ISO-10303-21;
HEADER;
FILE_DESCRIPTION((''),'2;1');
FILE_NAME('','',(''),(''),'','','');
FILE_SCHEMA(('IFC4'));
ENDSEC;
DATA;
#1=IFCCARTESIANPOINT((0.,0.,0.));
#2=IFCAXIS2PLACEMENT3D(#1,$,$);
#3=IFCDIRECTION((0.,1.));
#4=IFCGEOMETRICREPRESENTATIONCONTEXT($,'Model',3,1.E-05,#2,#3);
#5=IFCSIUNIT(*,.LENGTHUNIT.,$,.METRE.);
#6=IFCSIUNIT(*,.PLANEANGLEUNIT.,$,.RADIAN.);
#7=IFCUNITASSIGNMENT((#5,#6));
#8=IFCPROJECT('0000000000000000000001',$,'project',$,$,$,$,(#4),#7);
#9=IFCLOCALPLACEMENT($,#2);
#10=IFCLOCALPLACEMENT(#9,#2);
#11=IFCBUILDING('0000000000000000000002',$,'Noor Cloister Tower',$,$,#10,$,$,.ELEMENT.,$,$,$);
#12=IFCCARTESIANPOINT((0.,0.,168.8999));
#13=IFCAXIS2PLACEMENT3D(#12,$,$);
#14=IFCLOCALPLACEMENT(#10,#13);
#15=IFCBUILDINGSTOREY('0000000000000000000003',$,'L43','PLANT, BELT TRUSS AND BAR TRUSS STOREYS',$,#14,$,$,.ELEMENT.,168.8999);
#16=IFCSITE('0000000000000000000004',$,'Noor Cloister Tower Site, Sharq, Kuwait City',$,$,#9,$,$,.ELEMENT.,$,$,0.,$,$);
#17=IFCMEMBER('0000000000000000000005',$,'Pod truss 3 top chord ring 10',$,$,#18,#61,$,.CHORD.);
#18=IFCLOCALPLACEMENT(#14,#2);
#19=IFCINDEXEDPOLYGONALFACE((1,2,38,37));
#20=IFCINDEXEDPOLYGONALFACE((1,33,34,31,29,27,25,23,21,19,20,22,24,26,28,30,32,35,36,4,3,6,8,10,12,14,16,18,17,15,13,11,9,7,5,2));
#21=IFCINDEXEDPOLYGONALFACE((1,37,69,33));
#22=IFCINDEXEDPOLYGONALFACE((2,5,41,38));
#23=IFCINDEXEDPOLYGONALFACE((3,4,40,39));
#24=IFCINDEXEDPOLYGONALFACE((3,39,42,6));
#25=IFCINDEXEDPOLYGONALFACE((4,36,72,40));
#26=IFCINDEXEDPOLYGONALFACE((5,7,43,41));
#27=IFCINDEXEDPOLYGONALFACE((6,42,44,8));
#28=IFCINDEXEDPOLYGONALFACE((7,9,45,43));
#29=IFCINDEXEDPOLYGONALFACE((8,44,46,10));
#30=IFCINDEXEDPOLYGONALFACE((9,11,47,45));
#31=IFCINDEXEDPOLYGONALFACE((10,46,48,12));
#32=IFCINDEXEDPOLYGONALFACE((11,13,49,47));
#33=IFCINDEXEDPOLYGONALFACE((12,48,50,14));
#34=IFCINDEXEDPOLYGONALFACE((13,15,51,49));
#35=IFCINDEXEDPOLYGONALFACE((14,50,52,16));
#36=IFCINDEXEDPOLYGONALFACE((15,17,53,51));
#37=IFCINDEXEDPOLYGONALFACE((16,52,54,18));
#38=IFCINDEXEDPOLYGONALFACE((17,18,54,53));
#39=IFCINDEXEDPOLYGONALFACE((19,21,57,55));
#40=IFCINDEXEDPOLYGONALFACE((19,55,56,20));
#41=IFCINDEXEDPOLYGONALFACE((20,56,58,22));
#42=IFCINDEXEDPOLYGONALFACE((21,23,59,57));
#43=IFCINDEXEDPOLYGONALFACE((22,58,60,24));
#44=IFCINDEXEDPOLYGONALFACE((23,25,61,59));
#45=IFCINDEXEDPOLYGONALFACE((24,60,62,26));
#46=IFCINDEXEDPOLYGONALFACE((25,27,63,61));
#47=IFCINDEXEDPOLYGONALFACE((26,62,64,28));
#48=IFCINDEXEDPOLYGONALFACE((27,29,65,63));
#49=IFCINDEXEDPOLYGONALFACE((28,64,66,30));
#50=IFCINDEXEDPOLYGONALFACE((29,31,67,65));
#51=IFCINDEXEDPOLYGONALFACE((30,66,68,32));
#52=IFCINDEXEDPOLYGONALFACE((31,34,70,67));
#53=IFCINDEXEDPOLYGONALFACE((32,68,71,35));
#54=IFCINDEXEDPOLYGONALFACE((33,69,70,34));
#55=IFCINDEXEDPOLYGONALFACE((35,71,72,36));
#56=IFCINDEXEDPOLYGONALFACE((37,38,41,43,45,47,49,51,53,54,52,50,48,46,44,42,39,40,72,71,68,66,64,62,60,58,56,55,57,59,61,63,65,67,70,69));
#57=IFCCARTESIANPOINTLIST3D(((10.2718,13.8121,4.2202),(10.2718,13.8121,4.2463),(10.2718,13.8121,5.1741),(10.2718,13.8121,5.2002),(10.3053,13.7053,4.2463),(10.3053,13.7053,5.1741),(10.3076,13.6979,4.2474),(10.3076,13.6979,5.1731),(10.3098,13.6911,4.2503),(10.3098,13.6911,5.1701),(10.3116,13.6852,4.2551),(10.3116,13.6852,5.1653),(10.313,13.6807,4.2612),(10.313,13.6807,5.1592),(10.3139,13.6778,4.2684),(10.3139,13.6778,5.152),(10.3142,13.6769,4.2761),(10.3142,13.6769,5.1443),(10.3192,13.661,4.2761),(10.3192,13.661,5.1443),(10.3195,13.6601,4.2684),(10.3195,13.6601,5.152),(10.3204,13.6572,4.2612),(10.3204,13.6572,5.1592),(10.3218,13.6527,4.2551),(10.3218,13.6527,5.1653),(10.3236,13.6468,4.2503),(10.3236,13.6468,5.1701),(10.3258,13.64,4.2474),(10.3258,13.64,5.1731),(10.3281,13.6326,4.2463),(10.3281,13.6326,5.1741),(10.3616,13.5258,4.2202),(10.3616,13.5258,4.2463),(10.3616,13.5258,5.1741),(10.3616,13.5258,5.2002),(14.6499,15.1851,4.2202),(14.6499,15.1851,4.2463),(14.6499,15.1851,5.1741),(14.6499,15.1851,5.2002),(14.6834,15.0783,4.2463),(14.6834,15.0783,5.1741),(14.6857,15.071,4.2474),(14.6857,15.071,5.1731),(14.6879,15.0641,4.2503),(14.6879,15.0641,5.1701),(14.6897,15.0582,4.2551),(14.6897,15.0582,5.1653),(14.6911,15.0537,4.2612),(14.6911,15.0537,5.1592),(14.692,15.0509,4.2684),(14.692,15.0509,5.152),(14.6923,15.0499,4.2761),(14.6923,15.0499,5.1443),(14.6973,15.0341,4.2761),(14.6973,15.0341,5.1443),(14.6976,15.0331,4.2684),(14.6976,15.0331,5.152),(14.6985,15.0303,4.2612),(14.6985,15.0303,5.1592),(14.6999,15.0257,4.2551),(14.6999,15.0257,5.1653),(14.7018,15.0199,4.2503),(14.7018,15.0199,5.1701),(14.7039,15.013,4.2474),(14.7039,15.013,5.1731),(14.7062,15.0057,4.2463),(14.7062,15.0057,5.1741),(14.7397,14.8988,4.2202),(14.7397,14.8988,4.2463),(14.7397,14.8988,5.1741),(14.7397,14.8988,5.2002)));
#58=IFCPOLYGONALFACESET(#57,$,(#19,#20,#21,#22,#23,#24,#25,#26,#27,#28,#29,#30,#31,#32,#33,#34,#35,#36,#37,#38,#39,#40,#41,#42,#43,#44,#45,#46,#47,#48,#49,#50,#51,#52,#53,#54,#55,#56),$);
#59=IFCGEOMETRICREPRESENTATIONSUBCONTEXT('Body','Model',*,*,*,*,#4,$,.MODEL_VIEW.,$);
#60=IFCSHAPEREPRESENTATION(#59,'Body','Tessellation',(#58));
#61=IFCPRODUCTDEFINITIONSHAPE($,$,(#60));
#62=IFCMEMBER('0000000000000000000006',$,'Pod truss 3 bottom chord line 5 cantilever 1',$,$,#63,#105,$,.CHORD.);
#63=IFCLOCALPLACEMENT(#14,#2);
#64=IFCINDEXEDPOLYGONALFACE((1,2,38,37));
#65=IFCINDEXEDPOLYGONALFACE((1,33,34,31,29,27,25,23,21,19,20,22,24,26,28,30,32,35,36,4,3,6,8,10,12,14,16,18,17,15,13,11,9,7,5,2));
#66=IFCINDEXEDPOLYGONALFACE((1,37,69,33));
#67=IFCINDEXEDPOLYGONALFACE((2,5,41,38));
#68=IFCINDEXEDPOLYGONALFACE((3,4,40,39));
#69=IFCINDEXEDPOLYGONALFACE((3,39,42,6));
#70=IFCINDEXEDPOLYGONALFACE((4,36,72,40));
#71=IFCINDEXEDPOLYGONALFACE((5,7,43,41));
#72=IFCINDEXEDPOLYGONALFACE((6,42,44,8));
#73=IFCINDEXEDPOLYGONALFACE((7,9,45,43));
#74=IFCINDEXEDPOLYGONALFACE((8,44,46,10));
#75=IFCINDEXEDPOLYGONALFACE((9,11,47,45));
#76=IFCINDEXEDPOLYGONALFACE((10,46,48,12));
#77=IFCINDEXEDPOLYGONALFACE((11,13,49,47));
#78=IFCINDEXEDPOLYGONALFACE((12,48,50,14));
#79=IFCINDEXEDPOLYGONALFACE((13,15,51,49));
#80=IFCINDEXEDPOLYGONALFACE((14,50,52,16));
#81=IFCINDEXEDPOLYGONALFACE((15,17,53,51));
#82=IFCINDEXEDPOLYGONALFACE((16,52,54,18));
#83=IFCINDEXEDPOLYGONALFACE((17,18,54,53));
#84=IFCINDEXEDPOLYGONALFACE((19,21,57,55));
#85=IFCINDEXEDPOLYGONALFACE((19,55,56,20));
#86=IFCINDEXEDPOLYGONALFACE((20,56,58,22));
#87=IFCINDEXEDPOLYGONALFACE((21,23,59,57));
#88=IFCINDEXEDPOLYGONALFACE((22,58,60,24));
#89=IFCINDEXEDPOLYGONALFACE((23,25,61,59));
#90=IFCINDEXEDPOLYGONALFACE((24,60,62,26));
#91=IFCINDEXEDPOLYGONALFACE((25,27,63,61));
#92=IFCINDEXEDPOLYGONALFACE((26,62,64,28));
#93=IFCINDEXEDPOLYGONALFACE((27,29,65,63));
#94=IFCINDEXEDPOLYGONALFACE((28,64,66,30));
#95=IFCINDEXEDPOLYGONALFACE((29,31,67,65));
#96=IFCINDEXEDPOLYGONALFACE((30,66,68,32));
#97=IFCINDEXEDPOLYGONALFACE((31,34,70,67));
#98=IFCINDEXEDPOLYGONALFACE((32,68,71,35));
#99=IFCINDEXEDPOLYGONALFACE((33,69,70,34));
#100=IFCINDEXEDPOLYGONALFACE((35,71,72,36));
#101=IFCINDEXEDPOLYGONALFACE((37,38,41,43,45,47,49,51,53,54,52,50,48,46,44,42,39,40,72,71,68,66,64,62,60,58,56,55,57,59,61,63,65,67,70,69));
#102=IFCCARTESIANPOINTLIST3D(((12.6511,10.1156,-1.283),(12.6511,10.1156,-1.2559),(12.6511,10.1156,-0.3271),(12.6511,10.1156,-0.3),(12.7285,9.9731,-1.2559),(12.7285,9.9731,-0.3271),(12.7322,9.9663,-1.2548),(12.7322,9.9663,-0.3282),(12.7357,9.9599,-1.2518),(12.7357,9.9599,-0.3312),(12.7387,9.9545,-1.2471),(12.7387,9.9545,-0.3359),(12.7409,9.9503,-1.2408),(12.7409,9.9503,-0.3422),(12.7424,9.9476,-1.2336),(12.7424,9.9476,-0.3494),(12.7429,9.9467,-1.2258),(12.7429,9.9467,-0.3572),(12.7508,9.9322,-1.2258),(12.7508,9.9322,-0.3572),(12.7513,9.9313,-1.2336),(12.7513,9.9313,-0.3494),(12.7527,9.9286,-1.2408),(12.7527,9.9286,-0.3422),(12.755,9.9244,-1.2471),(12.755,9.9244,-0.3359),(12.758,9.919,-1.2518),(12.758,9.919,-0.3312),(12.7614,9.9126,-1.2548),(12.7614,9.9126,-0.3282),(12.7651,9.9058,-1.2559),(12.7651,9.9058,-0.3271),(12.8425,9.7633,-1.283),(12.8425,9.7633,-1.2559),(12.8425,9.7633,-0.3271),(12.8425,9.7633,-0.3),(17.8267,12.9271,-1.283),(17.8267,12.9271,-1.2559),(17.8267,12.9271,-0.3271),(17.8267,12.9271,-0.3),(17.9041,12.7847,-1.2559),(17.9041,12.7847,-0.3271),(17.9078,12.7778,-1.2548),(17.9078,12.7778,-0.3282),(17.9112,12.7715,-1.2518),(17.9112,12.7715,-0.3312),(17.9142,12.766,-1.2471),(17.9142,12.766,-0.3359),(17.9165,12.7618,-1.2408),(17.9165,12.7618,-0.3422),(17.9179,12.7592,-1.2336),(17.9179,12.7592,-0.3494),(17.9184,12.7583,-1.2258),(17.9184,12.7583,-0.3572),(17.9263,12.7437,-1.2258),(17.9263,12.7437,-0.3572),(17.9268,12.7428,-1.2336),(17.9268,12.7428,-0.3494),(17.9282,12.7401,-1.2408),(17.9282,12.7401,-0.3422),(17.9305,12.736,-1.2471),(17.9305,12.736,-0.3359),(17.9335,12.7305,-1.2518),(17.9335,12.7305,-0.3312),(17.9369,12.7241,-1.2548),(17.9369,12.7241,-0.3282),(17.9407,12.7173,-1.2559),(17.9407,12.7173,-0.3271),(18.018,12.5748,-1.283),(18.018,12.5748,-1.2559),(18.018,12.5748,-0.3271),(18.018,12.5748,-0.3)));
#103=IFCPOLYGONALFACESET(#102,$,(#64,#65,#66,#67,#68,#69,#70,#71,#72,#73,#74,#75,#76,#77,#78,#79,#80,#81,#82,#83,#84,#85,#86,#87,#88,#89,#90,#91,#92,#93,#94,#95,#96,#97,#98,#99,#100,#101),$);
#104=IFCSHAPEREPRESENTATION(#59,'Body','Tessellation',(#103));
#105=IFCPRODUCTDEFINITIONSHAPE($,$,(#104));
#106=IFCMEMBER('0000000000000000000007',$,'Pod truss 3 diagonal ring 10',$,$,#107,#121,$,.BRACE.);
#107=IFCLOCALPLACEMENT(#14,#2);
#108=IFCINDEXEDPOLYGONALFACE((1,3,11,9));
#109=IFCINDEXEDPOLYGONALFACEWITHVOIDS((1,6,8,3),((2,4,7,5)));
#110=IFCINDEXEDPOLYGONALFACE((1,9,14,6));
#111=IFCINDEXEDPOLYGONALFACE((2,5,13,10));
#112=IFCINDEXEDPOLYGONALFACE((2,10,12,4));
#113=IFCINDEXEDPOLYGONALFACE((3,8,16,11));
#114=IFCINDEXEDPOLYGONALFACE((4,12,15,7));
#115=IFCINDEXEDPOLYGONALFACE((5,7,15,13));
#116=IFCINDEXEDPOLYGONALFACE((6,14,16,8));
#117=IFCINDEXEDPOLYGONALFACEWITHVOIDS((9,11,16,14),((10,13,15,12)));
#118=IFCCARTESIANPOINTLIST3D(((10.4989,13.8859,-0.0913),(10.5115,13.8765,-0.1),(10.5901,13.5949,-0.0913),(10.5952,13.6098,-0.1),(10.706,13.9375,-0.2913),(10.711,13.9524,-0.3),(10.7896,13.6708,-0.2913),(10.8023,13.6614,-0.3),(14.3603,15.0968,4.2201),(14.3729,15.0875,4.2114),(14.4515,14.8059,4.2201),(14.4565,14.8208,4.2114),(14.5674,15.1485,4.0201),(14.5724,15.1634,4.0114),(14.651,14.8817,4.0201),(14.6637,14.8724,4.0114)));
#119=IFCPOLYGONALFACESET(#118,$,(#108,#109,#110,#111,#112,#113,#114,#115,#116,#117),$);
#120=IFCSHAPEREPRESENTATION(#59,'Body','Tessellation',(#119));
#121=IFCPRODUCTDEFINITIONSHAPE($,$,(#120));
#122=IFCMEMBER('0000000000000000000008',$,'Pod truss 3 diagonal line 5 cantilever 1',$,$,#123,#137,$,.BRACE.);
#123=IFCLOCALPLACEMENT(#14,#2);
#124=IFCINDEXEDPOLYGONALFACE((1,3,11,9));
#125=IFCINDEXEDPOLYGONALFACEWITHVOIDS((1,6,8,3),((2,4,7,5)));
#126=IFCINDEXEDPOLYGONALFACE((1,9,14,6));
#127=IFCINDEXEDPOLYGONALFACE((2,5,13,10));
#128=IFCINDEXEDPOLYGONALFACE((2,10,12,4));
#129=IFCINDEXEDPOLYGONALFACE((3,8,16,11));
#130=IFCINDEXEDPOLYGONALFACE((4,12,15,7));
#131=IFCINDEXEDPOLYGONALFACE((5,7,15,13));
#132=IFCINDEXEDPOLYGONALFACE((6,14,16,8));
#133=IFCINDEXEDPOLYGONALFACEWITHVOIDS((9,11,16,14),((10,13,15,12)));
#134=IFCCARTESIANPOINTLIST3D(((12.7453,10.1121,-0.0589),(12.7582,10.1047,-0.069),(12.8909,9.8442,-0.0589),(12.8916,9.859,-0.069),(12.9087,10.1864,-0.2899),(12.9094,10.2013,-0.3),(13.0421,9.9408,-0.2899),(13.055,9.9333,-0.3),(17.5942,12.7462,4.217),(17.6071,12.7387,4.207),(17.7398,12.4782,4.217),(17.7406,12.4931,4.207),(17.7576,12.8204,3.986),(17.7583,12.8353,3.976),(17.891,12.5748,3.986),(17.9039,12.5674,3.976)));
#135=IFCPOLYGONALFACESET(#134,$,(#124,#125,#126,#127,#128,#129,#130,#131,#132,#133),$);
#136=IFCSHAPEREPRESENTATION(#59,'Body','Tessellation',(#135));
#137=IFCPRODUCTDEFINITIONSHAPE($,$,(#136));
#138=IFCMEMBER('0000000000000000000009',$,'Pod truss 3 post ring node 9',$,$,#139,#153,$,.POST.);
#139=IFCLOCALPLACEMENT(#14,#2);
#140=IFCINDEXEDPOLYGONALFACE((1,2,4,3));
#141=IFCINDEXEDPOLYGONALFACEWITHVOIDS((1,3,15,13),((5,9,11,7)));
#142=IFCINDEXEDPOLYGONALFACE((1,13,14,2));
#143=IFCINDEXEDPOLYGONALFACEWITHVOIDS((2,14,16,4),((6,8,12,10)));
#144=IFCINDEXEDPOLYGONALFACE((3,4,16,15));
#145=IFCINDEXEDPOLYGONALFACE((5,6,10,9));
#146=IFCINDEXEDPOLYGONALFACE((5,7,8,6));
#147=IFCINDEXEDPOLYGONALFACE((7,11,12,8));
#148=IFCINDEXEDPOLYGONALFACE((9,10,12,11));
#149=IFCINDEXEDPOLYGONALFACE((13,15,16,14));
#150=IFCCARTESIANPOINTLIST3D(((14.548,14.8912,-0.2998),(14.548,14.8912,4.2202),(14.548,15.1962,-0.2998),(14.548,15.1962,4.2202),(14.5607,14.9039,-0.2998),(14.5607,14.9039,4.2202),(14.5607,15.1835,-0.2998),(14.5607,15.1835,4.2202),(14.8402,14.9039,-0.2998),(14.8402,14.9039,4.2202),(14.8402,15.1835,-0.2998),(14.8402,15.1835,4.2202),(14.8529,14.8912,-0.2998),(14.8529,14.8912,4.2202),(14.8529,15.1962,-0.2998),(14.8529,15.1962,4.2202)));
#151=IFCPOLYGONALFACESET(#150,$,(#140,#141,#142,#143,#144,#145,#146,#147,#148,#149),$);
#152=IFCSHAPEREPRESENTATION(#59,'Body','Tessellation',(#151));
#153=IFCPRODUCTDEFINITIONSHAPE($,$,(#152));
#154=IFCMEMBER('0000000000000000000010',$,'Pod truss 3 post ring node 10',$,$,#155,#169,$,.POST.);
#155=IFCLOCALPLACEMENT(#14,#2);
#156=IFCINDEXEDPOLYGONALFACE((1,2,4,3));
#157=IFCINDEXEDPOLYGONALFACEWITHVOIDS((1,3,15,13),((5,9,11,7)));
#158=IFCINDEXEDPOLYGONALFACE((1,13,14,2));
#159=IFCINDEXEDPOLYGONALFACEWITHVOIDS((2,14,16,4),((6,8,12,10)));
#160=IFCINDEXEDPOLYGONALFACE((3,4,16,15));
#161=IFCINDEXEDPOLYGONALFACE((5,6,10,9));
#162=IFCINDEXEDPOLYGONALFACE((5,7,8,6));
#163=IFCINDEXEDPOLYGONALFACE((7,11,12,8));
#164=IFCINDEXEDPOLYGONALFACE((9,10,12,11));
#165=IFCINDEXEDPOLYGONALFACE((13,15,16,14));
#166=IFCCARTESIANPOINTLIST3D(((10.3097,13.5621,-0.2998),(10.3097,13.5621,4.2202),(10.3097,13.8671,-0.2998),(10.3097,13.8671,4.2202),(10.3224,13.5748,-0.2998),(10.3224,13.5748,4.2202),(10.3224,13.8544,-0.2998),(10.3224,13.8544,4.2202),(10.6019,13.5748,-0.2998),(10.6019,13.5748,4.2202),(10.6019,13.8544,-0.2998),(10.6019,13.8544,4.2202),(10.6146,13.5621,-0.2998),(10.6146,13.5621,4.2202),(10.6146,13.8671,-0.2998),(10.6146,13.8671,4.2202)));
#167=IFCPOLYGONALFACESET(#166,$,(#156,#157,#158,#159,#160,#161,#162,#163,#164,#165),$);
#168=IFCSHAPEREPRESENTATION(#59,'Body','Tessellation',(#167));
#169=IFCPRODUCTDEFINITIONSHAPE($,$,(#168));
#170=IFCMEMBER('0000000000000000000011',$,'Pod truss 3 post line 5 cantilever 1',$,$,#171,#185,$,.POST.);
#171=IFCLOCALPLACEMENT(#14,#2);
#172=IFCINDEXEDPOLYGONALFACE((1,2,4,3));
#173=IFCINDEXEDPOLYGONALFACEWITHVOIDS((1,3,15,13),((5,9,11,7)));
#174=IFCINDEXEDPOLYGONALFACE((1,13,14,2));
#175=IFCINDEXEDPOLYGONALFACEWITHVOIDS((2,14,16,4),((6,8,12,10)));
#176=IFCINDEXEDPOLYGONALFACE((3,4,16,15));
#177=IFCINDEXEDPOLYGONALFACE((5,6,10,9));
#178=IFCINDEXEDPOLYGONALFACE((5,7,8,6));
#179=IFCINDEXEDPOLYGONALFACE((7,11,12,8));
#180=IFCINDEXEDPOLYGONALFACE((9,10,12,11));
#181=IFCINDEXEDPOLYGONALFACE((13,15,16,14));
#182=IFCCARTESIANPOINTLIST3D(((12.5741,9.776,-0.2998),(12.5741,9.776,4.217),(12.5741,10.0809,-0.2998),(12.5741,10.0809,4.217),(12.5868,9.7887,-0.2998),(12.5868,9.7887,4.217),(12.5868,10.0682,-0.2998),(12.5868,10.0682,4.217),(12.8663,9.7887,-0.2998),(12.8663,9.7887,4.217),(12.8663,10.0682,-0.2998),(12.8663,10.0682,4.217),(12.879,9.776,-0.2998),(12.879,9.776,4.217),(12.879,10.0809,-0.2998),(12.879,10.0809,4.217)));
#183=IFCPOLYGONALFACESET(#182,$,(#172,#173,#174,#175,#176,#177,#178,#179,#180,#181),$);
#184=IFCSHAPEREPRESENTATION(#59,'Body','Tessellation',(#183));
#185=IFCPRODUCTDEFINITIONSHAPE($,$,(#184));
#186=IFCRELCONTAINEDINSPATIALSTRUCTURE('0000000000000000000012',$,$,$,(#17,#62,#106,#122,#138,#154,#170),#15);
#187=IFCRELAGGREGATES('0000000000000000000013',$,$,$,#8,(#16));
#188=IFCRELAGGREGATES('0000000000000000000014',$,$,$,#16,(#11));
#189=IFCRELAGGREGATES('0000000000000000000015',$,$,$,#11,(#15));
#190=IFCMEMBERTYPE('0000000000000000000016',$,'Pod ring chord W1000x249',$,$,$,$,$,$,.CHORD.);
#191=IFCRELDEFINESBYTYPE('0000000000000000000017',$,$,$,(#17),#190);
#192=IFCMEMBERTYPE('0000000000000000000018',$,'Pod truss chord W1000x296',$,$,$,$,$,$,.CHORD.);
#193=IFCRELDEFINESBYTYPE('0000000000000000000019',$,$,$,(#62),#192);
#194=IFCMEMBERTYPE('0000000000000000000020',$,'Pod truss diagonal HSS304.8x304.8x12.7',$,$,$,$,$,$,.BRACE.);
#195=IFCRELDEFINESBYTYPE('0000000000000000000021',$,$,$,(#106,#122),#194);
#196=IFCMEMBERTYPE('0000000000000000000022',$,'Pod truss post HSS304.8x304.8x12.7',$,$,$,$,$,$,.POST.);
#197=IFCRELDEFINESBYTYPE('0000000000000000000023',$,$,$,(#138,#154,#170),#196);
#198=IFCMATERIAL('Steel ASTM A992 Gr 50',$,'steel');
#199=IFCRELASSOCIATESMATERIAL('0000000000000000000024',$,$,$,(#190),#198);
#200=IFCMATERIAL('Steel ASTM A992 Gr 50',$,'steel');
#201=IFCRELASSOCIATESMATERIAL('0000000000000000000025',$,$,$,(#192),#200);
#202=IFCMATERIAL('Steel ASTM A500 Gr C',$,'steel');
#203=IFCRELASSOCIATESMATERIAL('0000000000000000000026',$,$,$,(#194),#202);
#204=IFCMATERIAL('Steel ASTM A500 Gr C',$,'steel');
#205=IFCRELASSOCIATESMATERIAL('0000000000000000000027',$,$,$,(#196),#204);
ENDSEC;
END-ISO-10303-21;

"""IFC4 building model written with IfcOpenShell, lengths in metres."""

from ifc_helpers import new_model, si_unit, direction, frame, origin, origin_2d, place, context, subcontext, project, spatial, hollow_rectangle, i_section, extrude, material, material_profile, profile_set, type_object, element, save


model = new_model("IFC4")

# Units and contexts
model_context = context("Model", 3, precision=1e-05, world=origin(), true_north=direction((0.0, 1.0)))
body_context = subcontext(model_context, "Body", "Model", "MODEL_VIEW")
ifc_project = project(units=[si_unit("LENGTHUNIT", "METRE"), si_unit("PLANEANGLEUNIT", "RADIAN")], contexts=[model_context])

# Site, building, storey
site_placement = place(None, origin())
site = spatial("IfcSite", under=ifc_project, at=site_placement, Name="Noor Cloister Tower Site, Sharq, Kuwait City", CompositionType="ELEMENT", RefElevation=0.0)
building_placement = place(site_placement, origin())
building = spatial("IfcBuilding", under=site, at=building_placement, Name="Noor Cloister Tower", CompositionType="ELEMENT")
storey_placement = place(building_placement, frame((0.0, 0.0, 168.8999)))
storey = spatial("IfcBuildingStorey", under=building, at=storey_placement, Name="L43", Description="PLANT, BELT TRUSS AND BAR TRUSS STOREYS", CompositionType="ELEMENT", Elevation=168.8999)

# Members
ifc_material_1 = material(Name="Steel ASTM A992 Gr 50", Category="steel")
ifc_material_profile_1 = material_profile(ifc_material_1, i_section(OverallWidth=0.3, OverallDepth=0.98, WebThickness=0.0166, FlangeThickness=0.0261, FilletRadius=0.0298, at=origin_2d()), Name="W1000x249")
ifc_profile_set_1 = profile_set([ifc_material_profile_1], Name="Steel ASTM A992 Gr 50")
member_type_1 = type_object("IfcMemberType", Name="Pod ring chord W1000x249", PredefinedType="CHORD", material=ifc_profile_set_1)
member_1_placement = place(storey_placement, frame((14.6948, 15.042, 4.7102), z_axis=(-0.954177, -0.299241, 0.0), x_axis=(0.299241, -0.954177, 0.0)))
element("IfcMember", 1, at=member_1_placement, inside=storey, type_object=member_type_1, Name="Pod truss 3 top chord ring 10", PredefinedType="CHORD", context=body_context, shape_type="SweptSolid", body=[
    extrude(i_section(OverallWidth=0.3, OverallDepth=0.98, WebThickness=0.0166, FlangeThickness=0.0261, FilletRadius=0.0298, at=origin_2d()), origin(), (0.0, 0.0, 1.0), 4.5884),
])
ifc_material_2 = material(Name="Steel ASTM A992 Gr 50", Category="steel")
ifc_material_profile_2 = material_profile(ifc_material_2, i_section(OverallWidth=0.4009, OverallDepth=0.9829, WebThickness=0.0166, FlangeThickness=0.0271, FilletRadius=0.03, at=origin_2d()), Name="W1000x296")
ifc_profile_set_2 = profile_set([ifc_material_profile_2], Name="Steel ASTM A992 Gr 50")
member_type_2 = type_object("IfcMemberType", Name="Pod truss chord W1000x296", PredefinedType="CHORD", material=ifc_profile_set_2)
member_2_placement = place(storey_placement, frame((12.7468, 9.9395, -0.7915), z_axis=(0.878715, 0.477347, 0.0), x_axis=(-0.477347, 0.878715, 0.0)))
element("IfcMember", 2, at=member_2_placement, inside=storey, type_object=member_type_2, Name="Pod truss 3 bottom chord line 5 cantilever 1", PredefinedType="CHORD", context=body_context, shape_type="SweptSolid", body=[
    extrude(i_section(OverallWidth=0.4009, OverallDepth=0.9829, WebThickness=0.0166, FlangeThickness=0.0271, FilletRadius=0.03, at=origin_2d()), origin(), (0.0, 0.0, 1.0), 5.8899),
])
ifc_material_3 = material(Name="Steel ASTM A500 Gr C", Category="steel")
ifc_material_profile_3 = material_profile(ifc_material_3, hollow_rectangle(XDim=0.3049, YDim=0.3049, WallThickness=0.0127, at=origin_2d()), Name="HSS304.8x304.8x12.7")
ifc_profile_set_3 = profile_set([ifc_material_profile_3], Name="Steel ASTM A500 Gr C")
member_type_3 = type_object("IfcMemberType", Name="Pod truss diagonal HSS304.8x304.8x12.7", PredefinedType="BRACE", material=ifc_profile_set_3)
member_3_placement = place(storey_placement, frame((14.512, 14.9846, 4.1157), z_axis=(-0.653026, -0.204793, -0.729121), x_axis=(0.299237, -0.954179, 0.0)))
element("IfcMember", 3, at=member_3_placement, inside=storey, type_object=member_type_3, Name="Pod truss 3 diagonal ring 10", PredefinedType="BRACE", context=body_context, shape_type="SweptSolid", body=[
    extrude(hollow_rectangle(XDim=0.3049, YDim=0.3049, WallThickness=0.0127, at=origin_2d()), origin(), (0.0, 0.0, 1.0), 5.9131),
])
member_4_placement = place(storey_placement, frame((12.9001, 10.0227, -0.1794), z_axis=(0.694593, 0.37732, 0.612512), x_axis=(-0.477342, 0.878718, 0.0)))
element("IfcMember", 4, at=member_4_placement, inside=storey, type_object=member_type_3, Name="Pod truss 3 diagonal line 5 cantilever 1", PredefinedType="BRACE", context=body_context, shape_type="SweptSolid", body=[
    extrude(hollow_rectangle(XDim=0.3049, YDim=0.3049, WallThickness=0.0127, at=origin_2d()), origin(), (0.0, 0.0, 1.0), 6.981),
])
ifc_material_4 = material(Name="Steel ASTM A500 Gr C", Category="steel")
ifc_material_profile_4 = material_profile(ifc_material_4, hollow_rectangle(XDim=0.3049, YDim=0.3049, WallThickness=0.0127, at=origin_2d()), Name="HSS304.8x304.8x12.7")
ifc_profile_set_4 = profile_set([ifc_material_profile_4], Name="Steel ASTM A500 Gr C")
member_type_4 = type_object("IfcMemberType", Name="Pod truss post HSS304.8x304.8x12.7", PredefinedType="POST", material=ifc_profile_set_4)
for number, where, z_axis, x_axis, name in (
    (5, (14.7004, 15.0437, -0.2998), (0.0, 0.0, 1.0), (1.0, 0.0, 0.0), "Pod truss 3 post ring node 9"),
    (6, (10.4622, 13.7146, -0.2998), (0.0, 0.0, 1.0), (1.0, 0.0, 0.0), "Pod truss 3 post ring node 10"),
):
    element("IfcMember", number, at=place(storey_placement, frame(where, z_axis=z_axis, x_axis=x_axis)), inside=storey, type_object=member_type_4, Name=name, PredefinedType="POST", context=body_context, shape_type="SweptSolid", body=[
        extrude(hollow_rectangle(XDim=0.3049, YDim=0.3049, WallThickness=0.0127, at=origin_2d()), origin(), (0.0, 0.0, 1.0), 4.52),
    ])
member_5_placement = place(storey_placement, frame((12.7266, 9.9285, -0.2998), z_axis=(0.0, 0.0, 1.0), x_axis=(1.0, 0.0, 0.0)))
element("IfcMember", 7, at=member_5_placement, inside=storey, type_object=member_type_4, Name="Pod truss 3 post line 5 cantilever 1", PredefinedType="POST", context=body_context, shape_type="SweptSolid", body=[
    extrude(hollow_rectangle(XDim=0.3049, YDim=0.3049, WallThickness=0.0127, at=origin_2d()), origin(), (0.0, 0.0, 1.0), 4.5168),
])

save(model, "model.ifc")
